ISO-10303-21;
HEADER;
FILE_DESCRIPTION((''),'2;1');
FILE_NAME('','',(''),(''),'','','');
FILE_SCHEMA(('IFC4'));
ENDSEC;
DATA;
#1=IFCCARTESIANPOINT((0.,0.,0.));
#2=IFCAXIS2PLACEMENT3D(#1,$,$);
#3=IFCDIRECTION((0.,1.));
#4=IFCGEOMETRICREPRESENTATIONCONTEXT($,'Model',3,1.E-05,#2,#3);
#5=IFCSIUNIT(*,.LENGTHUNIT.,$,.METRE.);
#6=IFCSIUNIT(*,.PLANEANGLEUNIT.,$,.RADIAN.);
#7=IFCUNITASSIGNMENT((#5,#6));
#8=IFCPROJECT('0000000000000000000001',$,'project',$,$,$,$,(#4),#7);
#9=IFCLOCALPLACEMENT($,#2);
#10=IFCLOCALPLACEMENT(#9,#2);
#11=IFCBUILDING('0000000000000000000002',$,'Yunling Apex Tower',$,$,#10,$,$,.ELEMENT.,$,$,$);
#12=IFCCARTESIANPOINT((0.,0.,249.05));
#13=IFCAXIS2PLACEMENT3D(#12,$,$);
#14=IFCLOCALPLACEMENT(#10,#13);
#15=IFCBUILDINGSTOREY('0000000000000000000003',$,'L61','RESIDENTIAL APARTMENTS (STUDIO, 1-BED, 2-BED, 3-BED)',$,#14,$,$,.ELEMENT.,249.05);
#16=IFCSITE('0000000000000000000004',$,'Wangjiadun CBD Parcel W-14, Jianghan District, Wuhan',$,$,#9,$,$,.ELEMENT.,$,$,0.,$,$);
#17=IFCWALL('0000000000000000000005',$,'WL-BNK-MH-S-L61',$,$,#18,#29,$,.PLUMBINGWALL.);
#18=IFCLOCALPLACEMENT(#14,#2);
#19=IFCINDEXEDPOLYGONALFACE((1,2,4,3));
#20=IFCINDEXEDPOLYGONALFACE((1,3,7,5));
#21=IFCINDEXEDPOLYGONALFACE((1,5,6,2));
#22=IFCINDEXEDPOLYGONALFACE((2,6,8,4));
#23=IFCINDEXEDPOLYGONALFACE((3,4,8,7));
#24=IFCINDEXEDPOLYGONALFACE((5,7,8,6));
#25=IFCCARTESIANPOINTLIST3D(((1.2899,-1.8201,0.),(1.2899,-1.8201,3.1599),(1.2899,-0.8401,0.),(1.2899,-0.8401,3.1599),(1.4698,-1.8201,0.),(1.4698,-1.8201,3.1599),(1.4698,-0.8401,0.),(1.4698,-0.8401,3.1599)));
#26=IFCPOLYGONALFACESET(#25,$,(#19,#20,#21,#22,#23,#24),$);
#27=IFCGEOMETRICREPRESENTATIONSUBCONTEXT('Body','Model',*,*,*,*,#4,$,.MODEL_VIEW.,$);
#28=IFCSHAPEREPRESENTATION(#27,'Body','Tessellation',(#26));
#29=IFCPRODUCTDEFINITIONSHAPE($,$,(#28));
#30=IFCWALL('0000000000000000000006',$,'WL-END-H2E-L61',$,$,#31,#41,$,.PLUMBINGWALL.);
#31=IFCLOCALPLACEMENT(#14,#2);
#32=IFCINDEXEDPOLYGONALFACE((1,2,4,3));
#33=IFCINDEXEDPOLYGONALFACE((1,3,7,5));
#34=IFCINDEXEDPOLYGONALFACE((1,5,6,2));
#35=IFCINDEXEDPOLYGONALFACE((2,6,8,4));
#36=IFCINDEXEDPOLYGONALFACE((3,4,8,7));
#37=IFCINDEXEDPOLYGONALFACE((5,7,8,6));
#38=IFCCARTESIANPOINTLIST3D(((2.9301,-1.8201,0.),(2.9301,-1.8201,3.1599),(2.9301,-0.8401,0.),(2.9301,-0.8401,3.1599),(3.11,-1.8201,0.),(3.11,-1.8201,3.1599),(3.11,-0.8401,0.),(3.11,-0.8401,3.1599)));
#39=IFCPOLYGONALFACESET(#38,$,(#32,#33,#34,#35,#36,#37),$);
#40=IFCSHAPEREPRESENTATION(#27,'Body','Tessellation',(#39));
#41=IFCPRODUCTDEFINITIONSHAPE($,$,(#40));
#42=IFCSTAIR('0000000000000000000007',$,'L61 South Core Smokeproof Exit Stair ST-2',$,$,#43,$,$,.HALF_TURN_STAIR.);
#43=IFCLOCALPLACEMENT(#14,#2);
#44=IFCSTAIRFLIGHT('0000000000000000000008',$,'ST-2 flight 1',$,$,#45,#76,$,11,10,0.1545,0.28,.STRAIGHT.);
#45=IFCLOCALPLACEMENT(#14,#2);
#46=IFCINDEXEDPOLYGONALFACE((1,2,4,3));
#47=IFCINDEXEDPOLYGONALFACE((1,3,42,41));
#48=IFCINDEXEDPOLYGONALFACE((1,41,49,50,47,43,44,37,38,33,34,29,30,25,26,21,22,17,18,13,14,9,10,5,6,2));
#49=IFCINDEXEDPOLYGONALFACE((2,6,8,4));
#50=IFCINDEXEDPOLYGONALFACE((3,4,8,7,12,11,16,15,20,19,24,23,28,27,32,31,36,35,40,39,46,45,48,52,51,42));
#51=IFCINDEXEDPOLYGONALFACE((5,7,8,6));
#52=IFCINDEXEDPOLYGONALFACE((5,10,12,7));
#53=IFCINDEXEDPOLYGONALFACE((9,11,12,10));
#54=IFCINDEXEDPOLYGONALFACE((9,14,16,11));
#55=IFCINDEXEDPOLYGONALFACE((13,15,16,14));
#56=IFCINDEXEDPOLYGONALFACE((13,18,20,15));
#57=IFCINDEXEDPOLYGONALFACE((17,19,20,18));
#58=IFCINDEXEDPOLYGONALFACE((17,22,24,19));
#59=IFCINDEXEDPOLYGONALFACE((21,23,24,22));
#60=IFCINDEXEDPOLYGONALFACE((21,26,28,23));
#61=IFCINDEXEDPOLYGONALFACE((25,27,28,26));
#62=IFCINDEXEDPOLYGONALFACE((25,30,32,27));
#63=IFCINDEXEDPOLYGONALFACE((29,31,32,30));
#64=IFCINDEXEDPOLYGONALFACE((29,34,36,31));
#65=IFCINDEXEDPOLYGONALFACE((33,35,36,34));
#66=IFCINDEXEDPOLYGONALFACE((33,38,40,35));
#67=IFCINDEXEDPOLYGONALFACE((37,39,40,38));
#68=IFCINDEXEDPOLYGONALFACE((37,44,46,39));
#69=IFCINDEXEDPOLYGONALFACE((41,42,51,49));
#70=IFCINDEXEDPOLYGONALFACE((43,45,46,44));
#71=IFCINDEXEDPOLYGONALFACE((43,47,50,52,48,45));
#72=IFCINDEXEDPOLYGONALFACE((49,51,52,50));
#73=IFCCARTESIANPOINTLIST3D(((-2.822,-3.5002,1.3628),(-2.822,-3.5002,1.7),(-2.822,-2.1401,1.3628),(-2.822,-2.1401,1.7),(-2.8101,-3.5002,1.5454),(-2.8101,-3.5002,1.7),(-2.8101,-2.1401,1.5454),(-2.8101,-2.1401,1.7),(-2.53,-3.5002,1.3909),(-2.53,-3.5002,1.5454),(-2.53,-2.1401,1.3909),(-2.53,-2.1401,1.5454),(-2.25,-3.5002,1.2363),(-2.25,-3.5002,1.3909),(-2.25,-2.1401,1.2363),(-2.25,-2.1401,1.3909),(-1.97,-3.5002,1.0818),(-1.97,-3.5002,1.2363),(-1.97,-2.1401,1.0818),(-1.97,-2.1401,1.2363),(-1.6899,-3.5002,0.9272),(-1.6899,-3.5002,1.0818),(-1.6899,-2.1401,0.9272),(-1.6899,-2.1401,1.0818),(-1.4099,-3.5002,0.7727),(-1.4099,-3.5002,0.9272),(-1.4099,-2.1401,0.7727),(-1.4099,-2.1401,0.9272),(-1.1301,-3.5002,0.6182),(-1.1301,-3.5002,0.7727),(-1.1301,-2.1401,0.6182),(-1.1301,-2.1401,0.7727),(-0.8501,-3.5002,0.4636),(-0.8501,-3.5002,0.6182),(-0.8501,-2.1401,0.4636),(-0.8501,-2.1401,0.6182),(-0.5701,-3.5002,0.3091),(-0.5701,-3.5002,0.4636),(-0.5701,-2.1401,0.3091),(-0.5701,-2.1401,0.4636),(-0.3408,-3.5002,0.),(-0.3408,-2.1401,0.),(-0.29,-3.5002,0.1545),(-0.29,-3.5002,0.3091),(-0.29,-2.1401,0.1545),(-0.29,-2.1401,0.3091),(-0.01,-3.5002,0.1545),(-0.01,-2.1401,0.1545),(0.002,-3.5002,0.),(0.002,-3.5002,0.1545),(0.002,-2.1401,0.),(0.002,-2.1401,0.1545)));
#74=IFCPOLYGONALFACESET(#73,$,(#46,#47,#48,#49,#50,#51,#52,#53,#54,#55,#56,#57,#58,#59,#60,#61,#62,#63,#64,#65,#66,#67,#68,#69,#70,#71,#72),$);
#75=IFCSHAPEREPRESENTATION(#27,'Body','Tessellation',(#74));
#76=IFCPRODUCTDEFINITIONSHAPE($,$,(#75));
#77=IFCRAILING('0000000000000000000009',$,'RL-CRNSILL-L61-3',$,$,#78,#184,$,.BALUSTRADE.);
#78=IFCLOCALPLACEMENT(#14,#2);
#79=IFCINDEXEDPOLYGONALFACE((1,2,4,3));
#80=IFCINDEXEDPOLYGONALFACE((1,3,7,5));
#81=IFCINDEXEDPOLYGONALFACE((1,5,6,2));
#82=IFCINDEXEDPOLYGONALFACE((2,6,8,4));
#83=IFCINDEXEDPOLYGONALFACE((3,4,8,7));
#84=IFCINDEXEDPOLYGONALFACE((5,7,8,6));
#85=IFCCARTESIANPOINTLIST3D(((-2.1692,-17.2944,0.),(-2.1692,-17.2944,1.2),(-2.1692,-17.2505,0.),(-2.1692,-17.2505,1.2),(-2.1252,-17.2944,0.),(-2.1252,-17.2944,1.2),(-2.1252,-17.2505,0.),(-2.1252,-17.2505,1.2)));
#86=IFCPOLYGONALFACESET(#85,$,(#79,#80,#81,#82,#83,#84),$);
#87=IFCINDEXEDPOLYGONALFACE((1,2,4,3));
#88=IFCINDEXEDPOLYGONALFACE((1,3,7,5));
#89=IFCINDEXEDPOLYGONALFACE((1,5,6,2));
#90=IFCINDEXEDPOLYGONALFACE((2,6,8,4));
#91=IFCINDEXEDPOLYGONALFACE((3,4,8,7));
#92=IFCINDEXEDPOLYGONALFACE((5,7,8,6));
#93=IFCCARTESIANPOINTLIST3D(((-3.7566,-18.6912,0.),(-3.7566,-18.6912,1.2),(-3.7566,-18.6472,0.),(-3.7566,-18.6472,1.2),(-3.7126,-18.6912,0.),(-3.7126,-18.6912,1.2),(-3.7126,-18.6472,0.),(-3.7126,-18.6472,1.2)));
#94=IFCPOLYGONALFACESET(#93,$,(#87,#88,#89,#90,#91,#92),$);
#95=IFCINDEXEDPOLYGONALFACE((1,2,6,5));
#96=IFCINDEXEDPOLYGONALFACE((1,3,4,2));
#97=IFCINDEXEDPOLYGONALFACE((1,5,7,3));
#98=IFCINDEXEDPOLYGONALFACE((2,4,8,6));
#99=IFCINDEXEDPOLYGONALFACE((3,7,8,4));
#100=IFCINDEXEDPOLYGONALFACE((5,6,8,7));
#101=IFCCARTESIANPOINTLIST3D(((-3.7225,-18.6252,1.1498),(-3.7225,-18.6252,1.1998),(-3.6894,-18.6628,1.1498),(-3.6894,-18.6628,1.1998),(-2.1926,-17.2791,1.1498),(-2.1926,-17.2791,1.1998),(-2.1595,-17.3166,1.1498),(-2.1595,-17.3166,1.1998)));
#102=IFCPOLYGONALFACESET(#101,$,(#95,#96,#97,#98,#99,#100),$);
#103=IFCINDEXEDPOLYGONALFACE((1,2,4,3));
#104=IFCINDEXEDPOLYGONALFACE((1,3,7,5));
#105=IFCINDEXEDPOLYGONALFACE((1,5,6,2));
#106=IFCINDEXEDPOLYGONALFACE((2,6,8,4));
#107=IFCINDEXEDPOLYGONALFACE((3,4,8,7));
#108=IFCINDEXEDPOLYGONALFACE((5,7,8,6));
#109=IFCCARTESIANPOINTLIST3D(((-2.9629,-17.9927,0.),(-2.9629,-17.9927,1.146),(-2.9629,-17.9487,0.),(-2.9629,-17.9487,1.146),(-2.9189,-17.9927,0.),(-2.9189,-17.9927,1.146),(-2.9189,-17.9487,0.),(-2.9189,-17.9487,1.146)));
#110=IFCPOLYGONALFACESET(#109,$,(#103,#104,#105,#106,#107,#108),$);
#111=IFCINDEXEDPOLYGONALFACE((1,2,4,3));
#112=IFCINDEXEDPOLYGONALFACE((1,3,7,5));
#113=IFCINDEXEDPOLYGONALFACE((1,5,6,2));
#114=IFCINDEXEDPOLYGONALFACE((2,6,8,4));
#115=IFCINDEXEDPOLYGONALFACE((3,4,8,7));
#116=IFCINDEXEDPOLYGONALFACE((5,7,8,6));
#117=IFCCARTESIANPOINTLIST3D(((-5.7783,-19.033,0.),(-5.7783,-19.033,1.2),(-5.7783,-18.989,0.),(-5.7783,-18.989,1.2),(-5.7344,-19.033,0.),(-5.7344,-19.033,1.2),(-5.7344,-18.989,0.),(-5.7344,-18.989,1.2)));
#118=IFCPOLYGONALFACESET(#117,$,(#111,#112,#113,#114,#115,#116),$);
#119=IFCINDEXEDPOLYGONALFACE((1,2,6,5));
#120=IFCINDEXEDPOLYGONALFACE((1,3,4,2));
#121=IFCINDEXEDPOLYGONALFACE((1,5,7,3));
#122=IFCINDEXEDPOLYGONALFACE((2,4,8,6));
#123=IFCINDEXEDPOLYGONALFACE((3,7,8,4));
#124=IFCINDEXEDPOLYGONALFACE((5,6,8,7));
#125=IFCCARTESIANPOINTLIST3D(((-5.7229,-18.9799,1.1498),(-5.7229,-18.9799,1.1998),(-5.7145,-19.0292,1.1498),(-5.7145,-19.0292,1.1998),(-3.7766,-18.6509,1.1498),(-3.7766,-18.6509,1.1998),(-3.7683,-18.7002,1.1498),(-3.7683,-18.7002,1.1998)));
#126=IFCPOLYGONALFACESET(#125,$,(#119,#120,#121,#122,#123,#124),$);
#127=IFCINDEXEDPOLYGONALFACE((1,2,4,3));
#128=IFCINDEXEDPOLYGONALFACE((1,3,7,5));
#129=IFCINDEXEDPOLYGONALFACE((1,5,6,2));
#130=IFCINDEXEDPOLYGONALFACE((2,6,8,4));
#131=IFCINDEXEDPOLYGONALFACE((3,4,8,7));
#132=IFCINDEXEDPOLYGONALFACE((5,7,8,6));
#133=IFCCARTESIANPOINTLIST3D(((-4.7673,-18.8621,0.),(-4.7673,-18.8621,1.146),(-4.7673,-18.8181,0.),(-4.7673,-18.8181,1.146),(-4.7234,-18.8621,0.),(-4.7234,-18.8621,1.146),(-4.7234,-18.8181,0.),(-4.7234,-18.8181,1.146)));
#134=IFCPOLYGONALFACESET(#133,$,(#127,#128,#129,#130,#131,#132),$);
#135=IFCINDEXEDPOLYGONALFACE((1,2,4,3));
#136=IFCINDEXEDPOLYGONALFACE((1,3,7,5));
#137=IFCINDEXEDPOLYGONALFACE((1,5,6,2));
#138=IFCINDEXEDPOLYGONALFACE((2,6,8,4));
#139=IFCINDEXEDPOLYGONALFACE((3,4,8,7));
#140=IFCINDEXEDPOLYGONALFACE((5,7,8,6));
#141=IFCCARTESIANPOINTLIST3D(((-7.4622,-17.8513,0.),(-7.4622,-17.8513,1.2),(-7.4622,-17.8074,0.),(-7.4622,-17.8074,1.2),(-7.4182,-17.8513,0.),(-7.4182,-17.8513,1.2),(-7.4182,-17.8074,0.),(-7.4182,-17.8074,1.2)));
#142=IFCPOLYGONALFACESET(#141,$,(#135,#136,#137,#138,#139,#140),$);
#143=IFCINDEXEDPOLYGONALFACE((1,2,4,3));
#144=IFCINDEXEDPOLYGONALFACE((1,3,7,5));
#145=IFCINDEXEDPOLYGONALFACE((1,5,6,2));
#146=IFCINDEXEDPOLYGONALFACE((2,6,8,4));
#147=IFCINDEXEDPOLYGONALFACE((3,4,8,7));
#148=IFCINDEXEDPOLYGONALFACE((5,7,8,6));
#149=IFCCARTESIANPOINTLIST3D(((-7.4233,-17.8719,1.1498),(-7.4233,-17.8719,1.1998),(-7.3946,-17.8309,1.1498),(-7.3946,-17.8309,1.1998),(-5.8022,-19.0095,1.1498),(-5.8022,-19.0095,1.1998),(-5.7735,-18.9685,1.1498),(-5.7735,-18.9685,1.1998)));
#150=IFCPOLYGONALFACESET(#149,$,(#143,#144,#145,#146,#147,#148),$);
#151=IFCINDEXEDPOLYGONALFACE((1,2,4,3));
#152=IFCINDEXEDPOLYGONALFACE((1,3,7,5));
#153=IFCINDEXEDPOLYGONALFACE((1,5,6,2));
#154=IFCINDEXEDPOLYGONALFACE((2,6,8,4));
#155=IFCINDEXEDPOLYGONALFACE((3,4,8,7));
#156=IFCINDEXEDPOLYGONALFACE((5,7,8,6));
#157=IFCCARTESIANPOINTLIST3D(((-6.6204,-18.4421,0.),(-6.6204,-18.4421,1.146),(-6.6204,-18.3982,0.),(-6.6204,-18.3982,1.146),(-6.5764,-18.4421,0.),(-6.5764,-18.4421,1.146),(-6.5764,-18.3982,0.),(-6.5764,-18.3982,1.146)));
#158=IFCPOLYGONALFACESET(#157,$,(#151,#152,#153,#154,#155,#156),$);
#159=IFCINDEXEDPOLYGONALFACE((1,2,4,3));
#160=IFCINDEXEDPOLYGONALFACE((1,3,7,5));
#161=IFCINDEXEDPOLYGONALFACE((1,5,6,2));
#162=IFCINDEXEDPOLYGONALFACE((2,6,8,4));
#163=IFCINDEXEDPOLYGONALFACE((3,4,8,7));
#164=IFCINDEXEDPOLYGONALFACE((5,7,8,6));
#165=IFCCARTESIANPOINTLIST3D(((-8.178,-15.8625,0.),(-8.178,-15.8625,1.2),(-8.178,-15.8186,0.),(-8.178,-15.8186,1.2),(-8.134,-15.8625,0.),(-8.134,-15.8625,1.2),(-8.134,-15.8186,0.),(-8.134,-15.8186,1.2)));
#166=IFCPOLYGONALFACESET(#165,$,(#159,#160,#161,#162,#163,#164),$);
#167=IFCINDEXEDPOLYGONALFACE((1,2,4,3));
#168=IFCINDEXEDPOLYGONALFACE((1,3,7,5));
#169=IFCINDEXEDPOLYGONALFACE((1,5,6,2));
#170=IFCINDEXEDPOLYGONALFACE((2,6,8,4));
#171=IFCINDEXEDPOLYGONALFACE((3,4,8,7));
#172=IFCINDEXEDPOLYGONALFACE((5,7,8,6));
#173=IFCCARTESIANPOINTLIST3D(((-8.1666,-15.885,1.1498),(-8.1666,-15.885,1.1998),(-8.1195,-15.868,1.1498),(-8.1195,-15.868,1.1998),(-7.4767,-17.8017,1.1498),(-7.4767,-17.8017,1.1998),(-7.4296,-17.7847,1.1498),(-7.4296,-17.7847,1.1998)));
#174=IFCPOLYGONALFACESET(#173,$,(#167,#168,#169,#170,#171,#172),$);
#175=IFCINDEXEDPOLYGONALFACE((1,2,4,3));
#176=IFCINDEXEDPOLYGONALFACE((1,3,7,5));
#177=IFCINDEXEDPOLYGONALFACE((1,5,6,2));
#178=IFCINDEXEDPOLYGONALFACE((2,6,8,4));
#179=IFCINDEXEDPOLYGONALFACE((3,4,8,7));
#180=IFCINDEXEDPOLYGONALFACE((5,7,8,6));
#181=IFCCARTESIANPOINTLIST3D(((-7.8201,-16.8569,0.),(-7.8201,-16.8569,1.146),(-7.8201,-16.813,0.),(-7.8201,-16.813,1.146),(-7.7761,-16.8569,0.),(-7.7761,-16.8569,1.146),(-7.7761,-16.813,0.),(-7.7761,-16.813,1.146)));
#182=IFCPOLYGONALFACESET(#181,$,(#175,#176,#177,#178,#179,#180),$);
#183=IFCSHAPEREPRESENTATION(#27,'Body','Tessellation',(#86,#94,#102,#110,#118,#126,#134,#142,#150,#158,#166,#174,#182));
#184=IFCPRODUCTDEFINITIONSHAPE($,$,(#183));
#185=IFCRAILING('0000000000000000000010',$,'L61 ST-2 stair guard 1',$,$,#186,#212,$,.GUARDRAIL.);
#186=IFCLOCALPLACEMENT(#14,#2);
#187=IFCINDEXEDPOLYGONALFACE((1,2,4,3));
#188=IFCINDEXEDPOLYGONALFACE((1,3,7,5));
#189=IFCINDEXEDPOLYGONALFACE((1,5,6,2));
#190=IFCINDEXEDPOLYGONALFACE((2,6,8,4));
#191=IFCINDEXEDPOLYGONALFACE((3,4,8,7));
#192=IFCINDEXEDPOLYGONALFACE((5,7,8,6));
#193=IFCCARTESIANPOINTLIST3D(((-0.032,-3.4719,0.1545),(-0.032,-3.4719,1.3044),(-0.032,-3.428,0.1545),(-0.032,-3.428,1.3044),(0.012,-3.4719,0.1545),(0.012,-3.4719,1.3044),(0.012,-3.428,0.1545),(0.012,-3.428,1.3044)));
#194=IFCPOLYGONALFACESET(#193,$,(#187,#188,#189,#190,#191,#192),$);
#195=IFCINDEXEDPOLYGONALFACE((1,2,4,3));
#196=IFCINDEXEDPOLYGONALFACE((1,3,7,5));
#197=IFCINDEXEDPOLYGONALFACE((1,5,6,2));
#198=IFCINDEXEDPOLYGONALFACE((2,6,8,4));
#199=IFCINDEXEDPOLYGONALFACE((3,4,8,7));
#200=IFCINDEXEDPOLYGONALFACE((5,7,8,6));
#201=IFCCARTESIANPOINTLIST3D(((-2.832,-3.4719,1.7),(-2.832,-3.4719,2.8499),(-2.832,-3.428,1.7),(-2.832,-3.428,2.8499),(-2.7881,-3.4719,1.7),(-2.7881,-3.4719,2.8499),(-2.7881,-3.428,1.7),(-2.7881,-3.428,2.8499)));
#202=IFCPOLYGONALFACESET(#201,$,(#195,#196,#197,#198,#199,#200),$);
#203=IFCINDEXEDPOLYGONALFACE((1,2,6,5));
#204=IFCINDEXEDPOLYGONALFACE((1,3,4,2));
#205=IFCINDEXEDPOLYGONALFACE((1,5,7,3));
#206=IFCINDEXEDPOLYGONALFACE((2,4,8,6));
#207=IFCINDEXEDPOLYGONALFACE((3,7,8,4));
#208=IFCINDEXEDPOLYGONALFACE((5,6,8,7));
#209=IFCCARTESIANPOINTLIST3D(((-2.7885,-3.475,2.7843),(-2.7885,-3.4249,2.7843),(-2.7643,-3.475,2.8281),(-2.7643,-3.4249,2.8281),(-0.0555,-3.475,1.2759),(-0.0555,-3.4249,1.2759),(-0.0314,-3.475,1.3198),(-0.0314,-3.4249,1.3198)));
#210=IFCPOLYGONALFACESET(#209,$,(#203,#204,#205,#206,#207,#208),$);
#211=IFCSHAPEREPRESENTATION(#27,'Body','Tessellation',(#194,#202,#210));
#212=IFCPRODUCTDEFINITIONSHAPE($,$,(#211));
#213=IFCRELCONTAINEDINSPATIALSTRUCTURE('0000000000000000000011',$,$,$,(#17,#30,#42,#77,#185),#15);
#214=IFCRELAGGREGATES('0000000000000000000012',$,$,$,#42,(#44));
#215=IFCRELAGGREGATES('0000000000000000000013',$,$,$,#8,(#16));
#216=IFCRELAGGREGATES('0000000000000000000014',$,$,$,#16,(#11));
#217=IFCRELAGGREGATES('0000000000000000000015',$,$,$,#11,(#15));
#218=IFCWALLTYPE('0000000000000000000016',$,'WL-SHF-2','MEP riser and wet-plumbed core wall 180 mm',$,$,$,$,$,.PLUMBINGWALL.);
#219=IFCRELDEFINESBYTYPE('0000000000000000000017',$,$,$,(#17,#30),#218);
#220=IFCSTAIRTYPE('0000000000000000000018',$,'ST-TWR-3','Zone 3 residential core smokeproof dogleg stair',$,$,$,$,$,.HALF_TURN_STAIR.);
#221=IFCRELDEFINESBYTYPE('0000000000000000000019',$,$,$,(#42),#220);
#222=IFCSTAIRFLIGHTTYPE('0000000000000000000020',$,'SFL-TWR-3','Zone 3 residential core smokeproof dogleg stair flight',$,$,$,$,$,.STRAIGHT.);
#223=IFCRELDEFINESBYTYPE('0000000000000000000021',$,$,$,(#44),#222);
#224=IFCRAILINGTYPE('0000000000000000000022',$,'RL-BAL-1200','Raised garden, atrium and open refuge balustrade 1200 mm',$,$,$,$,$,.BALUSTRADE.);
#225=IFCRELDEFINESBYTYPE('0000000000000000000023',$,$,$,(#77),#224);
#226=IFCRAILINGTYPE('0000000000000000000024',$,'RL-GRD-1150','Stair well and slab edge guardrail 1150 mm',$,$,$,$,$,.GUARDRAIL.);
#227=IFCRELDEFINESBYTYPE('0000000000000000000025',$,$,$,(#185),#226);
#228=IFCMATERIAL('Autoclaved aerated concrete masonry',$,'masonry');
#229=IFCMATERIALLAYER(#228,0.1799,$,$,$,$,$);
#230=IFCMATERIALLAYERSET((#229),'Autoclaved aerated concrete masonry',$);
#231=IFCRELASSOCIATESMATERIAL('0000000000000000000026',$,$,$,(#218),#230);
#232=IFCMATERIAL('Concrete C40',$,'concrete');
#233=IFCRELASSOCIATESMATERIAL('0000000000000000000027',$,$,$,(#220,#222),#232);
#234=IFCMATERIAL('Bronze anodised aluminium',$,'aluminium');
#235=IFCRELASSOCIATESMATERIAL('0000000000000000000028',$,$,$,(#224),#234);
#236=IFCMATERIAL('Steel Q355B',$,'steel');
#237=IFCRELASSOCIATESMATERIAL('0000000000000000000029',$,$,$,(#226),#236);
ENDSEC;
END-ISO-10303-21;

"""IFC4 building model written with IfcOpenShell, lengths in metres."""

from ifc_helpers import new_model, si_unit, direction, frame, frame_2d, origin, origin_2d, place, context, subcontext, project, spatial, polyline, rectangle, outline, extrude, material, layer, layer_set, type_object, element, aggregate, save


model = new_model("IFC4")

# Units and contexts
model_context = context("Model", 3, precision=1e-05, world=origin(), true_north=direction((0.0, 1.0)))
body_context = subcontext(model_context, "Body", "Model", "MODEL_VIEW")
ifc_project = project(units=[si_unit("LENGTHUNIT", "METRE"), si_unit("PLANEANGLEUNIT", "RADIAN")], contexts=[model_context])

# Site, building, storey
site_placement = place(None, origin())
site = spatial("IfcSite", under=ifc_project, at=site_placement, Name="Wangjiadun CBD Parcel W-14, Jianghan District, Wuhan", CompositionType="ELEMENT", RefElevation=0.0)
building_placement = place(site_placement, origin())
building = spatial("IfcBuilding", under=site, at=building_placement, Name="Yunling Apex Tower", CompositionType="ELEMENT")
storey_placement = place(building_placement, frame((0.0, 0.0, 249.05)))
storey = spatial("IfcBuildingStorey", under=building, at=storey_placement, Name="L61", Description="RESIDENTIAL APARTMENTS (STUDIO, 1-BED, 2-BED, 3-BED)", CompositionType="ELEMENT", Elevation=249.05)

# Shared definitions
ifc_material_1 = material(Name="Steel Q355B", Category="steel")

# Shared definitions
ifc_material_2 = material(Name="Bronze anodised aluminium", Category="aluminium")

# Shared definitions
ifc_material_3 = material(Name="Concrete C40", Category="concrete")

# Shared definitions
ifc_material_4 = material(Name="Autoclaved aerated concrete masonry", Category="masonry")

# Walls
ifc_layer_1 = layer(ifc_material_4, 0.1799)
ifc_layer_set_1 = layer_set([ifc_layer_1], Name="Autoclaved aerated concrete masonry")
wall_type_1 = type_object("IfcWallType", Name="WL-SHF-2", Description="MEP riser and wet-plumbed core wall 180 mm", PredefinedType="PLUMBINGWALL", material=ifc_layer_set_1)
for number, where, z_axis, x_axis, name in (
    (1, (1.3799, -1.8201, 0.0), (0.0, 0.0, 1.0), (0.0, 1.0, 0.0), "WL-BNK-MH-S-L61"),
    (2, (3.02, -1.8201, 0.0), (0.0, 0.0, 1.0), (0.0, 1.0, 0.0), "WL-END-H2E-L61"),
):
    element("IfcWall", number, at=place(storey_placement, frame(where, z_axis=z_axis, x_axis=x_axis)), inside=storey, type_object=wall_type_1, Name=name, PredefinedType="PLUMBINGWALL", context=body_context, shape_type="SweptSolid", body=[
        extrude(rectangle(XDim=0.98, YDim=0.1799, at=frame_2d((0.49, 0.0))), origin(), (0.0, 0.0, 1.0), 3.1599),
    ])

# Stair, stair flight
stair_type = type_object("IfcStairType", Name="ST-TWR-3", Description="Zone 3 residential core smokeproof dogleg stair", PredefinedType="HALF_TURN_STAIR", material=ifc_material_3)
stair_placement = place(storey_placement, origin())
stair = element("IfcStair", 3, at=stair_placement, inside=storey, type_object=stair_type, Name="L61 South Core Smokeproof Exit Stair ST-2", PredefinedType="HALF_TURN_STAIR")
stair_flight_type = type_object("IfcStairFlightType", Name="SFL-TWR-3", Description="Zone 3 residential core smokeproof dogleg stair flight", PredefinedType="STRAIGHT", material=ifc_material_3)
stair_flight_placement = place(storey_placement, frame((-0.01, -2.8201, 0.0), z_axis=(0.0, 0.0, 1.0), x_axis=(-1.0, 0.0, 0.0)))
stair_flight = element("IfcStairFlight", 4, at=stair_flight_placement, type_object=stair_flight_type, Name="ST-2 flight 1", NumberOfRisers=11, NumberOfTreads=10, PredefinedType="STRAIGHT", RiserHeight=0.1545, TreadLength=0.28, context=body_context, shape_type="SweptSolid", body=[
    extrude(outline(polyline([(-0.012, 0.0), (-0.012, 0.1545), (0.0, 0.1545), (0.28, 0.1545), (0.28, 0.3091), (0.5601, 0.3091), (0.5601, 0.4636), (0.8401, 0.4636), (0.8401, 0.6182), (1.1201, 0.6182), (1.1201, 0.7727), (1.3999, 0.7727), (1.3999, 0.9272), (1.6799, 0.9272), (1.6799, 1.0818), (1.96, 1.0818), (1.96, 1.2363), (2.24, 1.2363), (2.24, 1.3909), (2.52, 1.3909), (2.52, 1.5454), (2.8, 1.5454), (2.8, 1.7), (2.812, 1.7), (2.812, 1.3628), (0.3308, 0.0), (-0.012, 0.0)])), frame((0.0, 0.6802, 0.0), z_axis=(0.0, -1.0, 0.0), x_axis=(1.0, 0.0, 0.0)), (0.0, 0.0, 1.0), 1.3601),
])
aggregate(stair, [stair_flight])

# Railings
railing_type_1 = type_object("IfcRailingType", Name="RL-BAL-1200", Description="Raised garden, atrium and open refuge balustrade 1200 mm", PredefinedType="BALUSTRADE", material=ifc_material_2)
railing_1_placement = place(storey_placement, frame((-2.1472, -17.2725, 0.0)))
element("IfcRailing", 5, at=railing_1_placement, inside=storey, type_object=railing_type_1, Name="RL-CRNSILL-L61-3", PredefinedType="BALUSTRADE", context=body_context, shape_type="SweptSolid", body=[
    extrude(rectangle(XDim=0.0439, YDim=0.0439, at=origin_2d()), origin(), (0.0, 0.0, 1.0), 1.2),
    extrude(rectangle(XDim=0.0439, YDim=0.0439, at=origin_2d()), frame((-1.5874, -1.3967, 0.0)), (0.0, 0.0, 1.0), 1.2),
    extrude(rectangle(XDim=0.05, YDim=0.05, at=origin_2d()), frame((-0.0288, -0.0254, 1.1748), z_axis=(-0.750757, -0.660578, 0.0), x_axis=(0.660578, -0.750757, 0.0)), (0.0, 0.0, 1.0), 2.0378),
    extrude(rectangle(XDim=0.0439, YDim=0.0439, at=origin_2d()), frame((-0.7937, -0.6982, 0.0)), (0.0, 0.0, 1.0), 1.146),
    extrude(rectangle(XDim=0.0439, YDim=0.0439, at=origin_2d()), frame((-3.6091, -1.7385, 0.0)), (0.0, 0.0, 1.0), 1.2),
    extrude(rectangle(XDim=0.05, YDim=0.05, at=origin_2d()), frame((-1.6252, -1.4031, 1.1748), z_axis=(-0.986008, -0.166696, 0.0), x_axis=(0.166696, -0.986008, 0.0)), (0.0, 0.0, 1.0), 1.9739),
    extrude(rectangle(XDim=0.0439, YDim=0.0439, at=origin_2d()), frame((-2.5981, -1.5676, 0.0)), (0.0, 0.0, 1.0), 1.146),
    extrude(rectangle(XDim=0.0439, YDim=0.0439, at=origin_2d()), frame((-5.293, -0.5569, 0.0)), (0.0, 0.0, 1.0), 1.2),
    extrude(rectangle(XDim=0.05, YDim=0.05, at=origin_2d()), frame((-3.6406, -1.7166, 1.1748), z_axis=(-0.818557, 0.574426, 0.0), x_axis=(-0.574426, -0.818557, 0.0)), (0.0, 0.0, 1.0), 1.9805),
    extrude(rectangle(XDim=0.0439, YDim=0.0439, at=origin_2d()), frame((-4.4512, -1.1477, 0.0)), (0.0, 0.0, 1.0), 1.146),
    extrude(rectangle(XDim=0.0439, YDim=0.0439, at=origin_2d()), frame((-6.0088, 1.4319, 0.0)), (0.0, 0.0, 1.0), 1.2),
    extrude(rectangle(XDim=0.05, YDim=0.05, at=origin_2d()), frame((-5.3059, -0.5208, 1.1748), z_axis=(-0.338662, 0.940908, 0.0), x_axis=(-0.940908, -0.338662, 0.0)), (0.0, 0.0, 1.0), 2.0371),
    extrude(rectangle(XDim=0.0439, YDim=0.0439, at=origin_2d()), frame((-5.6509, 0.4375, 0.0)), (0.0, 0.0, 1.0), 1.146),
])
railing_type_2 = type_object("IfcRailingType", Name="RL-GRD-1150", Description="Stair well and slab edge guardrail 1150 mm", PredefinedType="GUARDRAIL", material=ifc_material_1)
railing_2_placement = place(storey_placement, frame((-0.01, -3.45, 0.1545)))
element("IfcRailing", 6, at=railing_2_placement, inside=storey, type_object=railing_type_2, Name="L61 ST-2 stair guard 1", PredefinedType="GUARDRAIL", context=body_context, shape_type="SweptSolid", body=[
    extrude(rectangle(XDim=0.0439, YDim=0.0439, at=origin_2d()), origin(), (0.0, 0.0, 1.0), 1.1499),
    extrude(rectangle(XDim=0.0439, YDim=0.0439, at=origin_2d()), frame((-2.8, 0.0, 1.5454)), (0.0, 0.0, 1.0), 1.1499),
    extrude(rectangle(XDim=0.05, YDim=0.05, at=origin_2d()), frame((-0.0334, 0.0, 1.1433), z_axis=(-0.875504, 0.0, 0.483211), x_axis=(0.0, -1.0, 0.0)), (0.0, 0.0, 1.0), 3.1216),
])

save(model, "model.ifc")
